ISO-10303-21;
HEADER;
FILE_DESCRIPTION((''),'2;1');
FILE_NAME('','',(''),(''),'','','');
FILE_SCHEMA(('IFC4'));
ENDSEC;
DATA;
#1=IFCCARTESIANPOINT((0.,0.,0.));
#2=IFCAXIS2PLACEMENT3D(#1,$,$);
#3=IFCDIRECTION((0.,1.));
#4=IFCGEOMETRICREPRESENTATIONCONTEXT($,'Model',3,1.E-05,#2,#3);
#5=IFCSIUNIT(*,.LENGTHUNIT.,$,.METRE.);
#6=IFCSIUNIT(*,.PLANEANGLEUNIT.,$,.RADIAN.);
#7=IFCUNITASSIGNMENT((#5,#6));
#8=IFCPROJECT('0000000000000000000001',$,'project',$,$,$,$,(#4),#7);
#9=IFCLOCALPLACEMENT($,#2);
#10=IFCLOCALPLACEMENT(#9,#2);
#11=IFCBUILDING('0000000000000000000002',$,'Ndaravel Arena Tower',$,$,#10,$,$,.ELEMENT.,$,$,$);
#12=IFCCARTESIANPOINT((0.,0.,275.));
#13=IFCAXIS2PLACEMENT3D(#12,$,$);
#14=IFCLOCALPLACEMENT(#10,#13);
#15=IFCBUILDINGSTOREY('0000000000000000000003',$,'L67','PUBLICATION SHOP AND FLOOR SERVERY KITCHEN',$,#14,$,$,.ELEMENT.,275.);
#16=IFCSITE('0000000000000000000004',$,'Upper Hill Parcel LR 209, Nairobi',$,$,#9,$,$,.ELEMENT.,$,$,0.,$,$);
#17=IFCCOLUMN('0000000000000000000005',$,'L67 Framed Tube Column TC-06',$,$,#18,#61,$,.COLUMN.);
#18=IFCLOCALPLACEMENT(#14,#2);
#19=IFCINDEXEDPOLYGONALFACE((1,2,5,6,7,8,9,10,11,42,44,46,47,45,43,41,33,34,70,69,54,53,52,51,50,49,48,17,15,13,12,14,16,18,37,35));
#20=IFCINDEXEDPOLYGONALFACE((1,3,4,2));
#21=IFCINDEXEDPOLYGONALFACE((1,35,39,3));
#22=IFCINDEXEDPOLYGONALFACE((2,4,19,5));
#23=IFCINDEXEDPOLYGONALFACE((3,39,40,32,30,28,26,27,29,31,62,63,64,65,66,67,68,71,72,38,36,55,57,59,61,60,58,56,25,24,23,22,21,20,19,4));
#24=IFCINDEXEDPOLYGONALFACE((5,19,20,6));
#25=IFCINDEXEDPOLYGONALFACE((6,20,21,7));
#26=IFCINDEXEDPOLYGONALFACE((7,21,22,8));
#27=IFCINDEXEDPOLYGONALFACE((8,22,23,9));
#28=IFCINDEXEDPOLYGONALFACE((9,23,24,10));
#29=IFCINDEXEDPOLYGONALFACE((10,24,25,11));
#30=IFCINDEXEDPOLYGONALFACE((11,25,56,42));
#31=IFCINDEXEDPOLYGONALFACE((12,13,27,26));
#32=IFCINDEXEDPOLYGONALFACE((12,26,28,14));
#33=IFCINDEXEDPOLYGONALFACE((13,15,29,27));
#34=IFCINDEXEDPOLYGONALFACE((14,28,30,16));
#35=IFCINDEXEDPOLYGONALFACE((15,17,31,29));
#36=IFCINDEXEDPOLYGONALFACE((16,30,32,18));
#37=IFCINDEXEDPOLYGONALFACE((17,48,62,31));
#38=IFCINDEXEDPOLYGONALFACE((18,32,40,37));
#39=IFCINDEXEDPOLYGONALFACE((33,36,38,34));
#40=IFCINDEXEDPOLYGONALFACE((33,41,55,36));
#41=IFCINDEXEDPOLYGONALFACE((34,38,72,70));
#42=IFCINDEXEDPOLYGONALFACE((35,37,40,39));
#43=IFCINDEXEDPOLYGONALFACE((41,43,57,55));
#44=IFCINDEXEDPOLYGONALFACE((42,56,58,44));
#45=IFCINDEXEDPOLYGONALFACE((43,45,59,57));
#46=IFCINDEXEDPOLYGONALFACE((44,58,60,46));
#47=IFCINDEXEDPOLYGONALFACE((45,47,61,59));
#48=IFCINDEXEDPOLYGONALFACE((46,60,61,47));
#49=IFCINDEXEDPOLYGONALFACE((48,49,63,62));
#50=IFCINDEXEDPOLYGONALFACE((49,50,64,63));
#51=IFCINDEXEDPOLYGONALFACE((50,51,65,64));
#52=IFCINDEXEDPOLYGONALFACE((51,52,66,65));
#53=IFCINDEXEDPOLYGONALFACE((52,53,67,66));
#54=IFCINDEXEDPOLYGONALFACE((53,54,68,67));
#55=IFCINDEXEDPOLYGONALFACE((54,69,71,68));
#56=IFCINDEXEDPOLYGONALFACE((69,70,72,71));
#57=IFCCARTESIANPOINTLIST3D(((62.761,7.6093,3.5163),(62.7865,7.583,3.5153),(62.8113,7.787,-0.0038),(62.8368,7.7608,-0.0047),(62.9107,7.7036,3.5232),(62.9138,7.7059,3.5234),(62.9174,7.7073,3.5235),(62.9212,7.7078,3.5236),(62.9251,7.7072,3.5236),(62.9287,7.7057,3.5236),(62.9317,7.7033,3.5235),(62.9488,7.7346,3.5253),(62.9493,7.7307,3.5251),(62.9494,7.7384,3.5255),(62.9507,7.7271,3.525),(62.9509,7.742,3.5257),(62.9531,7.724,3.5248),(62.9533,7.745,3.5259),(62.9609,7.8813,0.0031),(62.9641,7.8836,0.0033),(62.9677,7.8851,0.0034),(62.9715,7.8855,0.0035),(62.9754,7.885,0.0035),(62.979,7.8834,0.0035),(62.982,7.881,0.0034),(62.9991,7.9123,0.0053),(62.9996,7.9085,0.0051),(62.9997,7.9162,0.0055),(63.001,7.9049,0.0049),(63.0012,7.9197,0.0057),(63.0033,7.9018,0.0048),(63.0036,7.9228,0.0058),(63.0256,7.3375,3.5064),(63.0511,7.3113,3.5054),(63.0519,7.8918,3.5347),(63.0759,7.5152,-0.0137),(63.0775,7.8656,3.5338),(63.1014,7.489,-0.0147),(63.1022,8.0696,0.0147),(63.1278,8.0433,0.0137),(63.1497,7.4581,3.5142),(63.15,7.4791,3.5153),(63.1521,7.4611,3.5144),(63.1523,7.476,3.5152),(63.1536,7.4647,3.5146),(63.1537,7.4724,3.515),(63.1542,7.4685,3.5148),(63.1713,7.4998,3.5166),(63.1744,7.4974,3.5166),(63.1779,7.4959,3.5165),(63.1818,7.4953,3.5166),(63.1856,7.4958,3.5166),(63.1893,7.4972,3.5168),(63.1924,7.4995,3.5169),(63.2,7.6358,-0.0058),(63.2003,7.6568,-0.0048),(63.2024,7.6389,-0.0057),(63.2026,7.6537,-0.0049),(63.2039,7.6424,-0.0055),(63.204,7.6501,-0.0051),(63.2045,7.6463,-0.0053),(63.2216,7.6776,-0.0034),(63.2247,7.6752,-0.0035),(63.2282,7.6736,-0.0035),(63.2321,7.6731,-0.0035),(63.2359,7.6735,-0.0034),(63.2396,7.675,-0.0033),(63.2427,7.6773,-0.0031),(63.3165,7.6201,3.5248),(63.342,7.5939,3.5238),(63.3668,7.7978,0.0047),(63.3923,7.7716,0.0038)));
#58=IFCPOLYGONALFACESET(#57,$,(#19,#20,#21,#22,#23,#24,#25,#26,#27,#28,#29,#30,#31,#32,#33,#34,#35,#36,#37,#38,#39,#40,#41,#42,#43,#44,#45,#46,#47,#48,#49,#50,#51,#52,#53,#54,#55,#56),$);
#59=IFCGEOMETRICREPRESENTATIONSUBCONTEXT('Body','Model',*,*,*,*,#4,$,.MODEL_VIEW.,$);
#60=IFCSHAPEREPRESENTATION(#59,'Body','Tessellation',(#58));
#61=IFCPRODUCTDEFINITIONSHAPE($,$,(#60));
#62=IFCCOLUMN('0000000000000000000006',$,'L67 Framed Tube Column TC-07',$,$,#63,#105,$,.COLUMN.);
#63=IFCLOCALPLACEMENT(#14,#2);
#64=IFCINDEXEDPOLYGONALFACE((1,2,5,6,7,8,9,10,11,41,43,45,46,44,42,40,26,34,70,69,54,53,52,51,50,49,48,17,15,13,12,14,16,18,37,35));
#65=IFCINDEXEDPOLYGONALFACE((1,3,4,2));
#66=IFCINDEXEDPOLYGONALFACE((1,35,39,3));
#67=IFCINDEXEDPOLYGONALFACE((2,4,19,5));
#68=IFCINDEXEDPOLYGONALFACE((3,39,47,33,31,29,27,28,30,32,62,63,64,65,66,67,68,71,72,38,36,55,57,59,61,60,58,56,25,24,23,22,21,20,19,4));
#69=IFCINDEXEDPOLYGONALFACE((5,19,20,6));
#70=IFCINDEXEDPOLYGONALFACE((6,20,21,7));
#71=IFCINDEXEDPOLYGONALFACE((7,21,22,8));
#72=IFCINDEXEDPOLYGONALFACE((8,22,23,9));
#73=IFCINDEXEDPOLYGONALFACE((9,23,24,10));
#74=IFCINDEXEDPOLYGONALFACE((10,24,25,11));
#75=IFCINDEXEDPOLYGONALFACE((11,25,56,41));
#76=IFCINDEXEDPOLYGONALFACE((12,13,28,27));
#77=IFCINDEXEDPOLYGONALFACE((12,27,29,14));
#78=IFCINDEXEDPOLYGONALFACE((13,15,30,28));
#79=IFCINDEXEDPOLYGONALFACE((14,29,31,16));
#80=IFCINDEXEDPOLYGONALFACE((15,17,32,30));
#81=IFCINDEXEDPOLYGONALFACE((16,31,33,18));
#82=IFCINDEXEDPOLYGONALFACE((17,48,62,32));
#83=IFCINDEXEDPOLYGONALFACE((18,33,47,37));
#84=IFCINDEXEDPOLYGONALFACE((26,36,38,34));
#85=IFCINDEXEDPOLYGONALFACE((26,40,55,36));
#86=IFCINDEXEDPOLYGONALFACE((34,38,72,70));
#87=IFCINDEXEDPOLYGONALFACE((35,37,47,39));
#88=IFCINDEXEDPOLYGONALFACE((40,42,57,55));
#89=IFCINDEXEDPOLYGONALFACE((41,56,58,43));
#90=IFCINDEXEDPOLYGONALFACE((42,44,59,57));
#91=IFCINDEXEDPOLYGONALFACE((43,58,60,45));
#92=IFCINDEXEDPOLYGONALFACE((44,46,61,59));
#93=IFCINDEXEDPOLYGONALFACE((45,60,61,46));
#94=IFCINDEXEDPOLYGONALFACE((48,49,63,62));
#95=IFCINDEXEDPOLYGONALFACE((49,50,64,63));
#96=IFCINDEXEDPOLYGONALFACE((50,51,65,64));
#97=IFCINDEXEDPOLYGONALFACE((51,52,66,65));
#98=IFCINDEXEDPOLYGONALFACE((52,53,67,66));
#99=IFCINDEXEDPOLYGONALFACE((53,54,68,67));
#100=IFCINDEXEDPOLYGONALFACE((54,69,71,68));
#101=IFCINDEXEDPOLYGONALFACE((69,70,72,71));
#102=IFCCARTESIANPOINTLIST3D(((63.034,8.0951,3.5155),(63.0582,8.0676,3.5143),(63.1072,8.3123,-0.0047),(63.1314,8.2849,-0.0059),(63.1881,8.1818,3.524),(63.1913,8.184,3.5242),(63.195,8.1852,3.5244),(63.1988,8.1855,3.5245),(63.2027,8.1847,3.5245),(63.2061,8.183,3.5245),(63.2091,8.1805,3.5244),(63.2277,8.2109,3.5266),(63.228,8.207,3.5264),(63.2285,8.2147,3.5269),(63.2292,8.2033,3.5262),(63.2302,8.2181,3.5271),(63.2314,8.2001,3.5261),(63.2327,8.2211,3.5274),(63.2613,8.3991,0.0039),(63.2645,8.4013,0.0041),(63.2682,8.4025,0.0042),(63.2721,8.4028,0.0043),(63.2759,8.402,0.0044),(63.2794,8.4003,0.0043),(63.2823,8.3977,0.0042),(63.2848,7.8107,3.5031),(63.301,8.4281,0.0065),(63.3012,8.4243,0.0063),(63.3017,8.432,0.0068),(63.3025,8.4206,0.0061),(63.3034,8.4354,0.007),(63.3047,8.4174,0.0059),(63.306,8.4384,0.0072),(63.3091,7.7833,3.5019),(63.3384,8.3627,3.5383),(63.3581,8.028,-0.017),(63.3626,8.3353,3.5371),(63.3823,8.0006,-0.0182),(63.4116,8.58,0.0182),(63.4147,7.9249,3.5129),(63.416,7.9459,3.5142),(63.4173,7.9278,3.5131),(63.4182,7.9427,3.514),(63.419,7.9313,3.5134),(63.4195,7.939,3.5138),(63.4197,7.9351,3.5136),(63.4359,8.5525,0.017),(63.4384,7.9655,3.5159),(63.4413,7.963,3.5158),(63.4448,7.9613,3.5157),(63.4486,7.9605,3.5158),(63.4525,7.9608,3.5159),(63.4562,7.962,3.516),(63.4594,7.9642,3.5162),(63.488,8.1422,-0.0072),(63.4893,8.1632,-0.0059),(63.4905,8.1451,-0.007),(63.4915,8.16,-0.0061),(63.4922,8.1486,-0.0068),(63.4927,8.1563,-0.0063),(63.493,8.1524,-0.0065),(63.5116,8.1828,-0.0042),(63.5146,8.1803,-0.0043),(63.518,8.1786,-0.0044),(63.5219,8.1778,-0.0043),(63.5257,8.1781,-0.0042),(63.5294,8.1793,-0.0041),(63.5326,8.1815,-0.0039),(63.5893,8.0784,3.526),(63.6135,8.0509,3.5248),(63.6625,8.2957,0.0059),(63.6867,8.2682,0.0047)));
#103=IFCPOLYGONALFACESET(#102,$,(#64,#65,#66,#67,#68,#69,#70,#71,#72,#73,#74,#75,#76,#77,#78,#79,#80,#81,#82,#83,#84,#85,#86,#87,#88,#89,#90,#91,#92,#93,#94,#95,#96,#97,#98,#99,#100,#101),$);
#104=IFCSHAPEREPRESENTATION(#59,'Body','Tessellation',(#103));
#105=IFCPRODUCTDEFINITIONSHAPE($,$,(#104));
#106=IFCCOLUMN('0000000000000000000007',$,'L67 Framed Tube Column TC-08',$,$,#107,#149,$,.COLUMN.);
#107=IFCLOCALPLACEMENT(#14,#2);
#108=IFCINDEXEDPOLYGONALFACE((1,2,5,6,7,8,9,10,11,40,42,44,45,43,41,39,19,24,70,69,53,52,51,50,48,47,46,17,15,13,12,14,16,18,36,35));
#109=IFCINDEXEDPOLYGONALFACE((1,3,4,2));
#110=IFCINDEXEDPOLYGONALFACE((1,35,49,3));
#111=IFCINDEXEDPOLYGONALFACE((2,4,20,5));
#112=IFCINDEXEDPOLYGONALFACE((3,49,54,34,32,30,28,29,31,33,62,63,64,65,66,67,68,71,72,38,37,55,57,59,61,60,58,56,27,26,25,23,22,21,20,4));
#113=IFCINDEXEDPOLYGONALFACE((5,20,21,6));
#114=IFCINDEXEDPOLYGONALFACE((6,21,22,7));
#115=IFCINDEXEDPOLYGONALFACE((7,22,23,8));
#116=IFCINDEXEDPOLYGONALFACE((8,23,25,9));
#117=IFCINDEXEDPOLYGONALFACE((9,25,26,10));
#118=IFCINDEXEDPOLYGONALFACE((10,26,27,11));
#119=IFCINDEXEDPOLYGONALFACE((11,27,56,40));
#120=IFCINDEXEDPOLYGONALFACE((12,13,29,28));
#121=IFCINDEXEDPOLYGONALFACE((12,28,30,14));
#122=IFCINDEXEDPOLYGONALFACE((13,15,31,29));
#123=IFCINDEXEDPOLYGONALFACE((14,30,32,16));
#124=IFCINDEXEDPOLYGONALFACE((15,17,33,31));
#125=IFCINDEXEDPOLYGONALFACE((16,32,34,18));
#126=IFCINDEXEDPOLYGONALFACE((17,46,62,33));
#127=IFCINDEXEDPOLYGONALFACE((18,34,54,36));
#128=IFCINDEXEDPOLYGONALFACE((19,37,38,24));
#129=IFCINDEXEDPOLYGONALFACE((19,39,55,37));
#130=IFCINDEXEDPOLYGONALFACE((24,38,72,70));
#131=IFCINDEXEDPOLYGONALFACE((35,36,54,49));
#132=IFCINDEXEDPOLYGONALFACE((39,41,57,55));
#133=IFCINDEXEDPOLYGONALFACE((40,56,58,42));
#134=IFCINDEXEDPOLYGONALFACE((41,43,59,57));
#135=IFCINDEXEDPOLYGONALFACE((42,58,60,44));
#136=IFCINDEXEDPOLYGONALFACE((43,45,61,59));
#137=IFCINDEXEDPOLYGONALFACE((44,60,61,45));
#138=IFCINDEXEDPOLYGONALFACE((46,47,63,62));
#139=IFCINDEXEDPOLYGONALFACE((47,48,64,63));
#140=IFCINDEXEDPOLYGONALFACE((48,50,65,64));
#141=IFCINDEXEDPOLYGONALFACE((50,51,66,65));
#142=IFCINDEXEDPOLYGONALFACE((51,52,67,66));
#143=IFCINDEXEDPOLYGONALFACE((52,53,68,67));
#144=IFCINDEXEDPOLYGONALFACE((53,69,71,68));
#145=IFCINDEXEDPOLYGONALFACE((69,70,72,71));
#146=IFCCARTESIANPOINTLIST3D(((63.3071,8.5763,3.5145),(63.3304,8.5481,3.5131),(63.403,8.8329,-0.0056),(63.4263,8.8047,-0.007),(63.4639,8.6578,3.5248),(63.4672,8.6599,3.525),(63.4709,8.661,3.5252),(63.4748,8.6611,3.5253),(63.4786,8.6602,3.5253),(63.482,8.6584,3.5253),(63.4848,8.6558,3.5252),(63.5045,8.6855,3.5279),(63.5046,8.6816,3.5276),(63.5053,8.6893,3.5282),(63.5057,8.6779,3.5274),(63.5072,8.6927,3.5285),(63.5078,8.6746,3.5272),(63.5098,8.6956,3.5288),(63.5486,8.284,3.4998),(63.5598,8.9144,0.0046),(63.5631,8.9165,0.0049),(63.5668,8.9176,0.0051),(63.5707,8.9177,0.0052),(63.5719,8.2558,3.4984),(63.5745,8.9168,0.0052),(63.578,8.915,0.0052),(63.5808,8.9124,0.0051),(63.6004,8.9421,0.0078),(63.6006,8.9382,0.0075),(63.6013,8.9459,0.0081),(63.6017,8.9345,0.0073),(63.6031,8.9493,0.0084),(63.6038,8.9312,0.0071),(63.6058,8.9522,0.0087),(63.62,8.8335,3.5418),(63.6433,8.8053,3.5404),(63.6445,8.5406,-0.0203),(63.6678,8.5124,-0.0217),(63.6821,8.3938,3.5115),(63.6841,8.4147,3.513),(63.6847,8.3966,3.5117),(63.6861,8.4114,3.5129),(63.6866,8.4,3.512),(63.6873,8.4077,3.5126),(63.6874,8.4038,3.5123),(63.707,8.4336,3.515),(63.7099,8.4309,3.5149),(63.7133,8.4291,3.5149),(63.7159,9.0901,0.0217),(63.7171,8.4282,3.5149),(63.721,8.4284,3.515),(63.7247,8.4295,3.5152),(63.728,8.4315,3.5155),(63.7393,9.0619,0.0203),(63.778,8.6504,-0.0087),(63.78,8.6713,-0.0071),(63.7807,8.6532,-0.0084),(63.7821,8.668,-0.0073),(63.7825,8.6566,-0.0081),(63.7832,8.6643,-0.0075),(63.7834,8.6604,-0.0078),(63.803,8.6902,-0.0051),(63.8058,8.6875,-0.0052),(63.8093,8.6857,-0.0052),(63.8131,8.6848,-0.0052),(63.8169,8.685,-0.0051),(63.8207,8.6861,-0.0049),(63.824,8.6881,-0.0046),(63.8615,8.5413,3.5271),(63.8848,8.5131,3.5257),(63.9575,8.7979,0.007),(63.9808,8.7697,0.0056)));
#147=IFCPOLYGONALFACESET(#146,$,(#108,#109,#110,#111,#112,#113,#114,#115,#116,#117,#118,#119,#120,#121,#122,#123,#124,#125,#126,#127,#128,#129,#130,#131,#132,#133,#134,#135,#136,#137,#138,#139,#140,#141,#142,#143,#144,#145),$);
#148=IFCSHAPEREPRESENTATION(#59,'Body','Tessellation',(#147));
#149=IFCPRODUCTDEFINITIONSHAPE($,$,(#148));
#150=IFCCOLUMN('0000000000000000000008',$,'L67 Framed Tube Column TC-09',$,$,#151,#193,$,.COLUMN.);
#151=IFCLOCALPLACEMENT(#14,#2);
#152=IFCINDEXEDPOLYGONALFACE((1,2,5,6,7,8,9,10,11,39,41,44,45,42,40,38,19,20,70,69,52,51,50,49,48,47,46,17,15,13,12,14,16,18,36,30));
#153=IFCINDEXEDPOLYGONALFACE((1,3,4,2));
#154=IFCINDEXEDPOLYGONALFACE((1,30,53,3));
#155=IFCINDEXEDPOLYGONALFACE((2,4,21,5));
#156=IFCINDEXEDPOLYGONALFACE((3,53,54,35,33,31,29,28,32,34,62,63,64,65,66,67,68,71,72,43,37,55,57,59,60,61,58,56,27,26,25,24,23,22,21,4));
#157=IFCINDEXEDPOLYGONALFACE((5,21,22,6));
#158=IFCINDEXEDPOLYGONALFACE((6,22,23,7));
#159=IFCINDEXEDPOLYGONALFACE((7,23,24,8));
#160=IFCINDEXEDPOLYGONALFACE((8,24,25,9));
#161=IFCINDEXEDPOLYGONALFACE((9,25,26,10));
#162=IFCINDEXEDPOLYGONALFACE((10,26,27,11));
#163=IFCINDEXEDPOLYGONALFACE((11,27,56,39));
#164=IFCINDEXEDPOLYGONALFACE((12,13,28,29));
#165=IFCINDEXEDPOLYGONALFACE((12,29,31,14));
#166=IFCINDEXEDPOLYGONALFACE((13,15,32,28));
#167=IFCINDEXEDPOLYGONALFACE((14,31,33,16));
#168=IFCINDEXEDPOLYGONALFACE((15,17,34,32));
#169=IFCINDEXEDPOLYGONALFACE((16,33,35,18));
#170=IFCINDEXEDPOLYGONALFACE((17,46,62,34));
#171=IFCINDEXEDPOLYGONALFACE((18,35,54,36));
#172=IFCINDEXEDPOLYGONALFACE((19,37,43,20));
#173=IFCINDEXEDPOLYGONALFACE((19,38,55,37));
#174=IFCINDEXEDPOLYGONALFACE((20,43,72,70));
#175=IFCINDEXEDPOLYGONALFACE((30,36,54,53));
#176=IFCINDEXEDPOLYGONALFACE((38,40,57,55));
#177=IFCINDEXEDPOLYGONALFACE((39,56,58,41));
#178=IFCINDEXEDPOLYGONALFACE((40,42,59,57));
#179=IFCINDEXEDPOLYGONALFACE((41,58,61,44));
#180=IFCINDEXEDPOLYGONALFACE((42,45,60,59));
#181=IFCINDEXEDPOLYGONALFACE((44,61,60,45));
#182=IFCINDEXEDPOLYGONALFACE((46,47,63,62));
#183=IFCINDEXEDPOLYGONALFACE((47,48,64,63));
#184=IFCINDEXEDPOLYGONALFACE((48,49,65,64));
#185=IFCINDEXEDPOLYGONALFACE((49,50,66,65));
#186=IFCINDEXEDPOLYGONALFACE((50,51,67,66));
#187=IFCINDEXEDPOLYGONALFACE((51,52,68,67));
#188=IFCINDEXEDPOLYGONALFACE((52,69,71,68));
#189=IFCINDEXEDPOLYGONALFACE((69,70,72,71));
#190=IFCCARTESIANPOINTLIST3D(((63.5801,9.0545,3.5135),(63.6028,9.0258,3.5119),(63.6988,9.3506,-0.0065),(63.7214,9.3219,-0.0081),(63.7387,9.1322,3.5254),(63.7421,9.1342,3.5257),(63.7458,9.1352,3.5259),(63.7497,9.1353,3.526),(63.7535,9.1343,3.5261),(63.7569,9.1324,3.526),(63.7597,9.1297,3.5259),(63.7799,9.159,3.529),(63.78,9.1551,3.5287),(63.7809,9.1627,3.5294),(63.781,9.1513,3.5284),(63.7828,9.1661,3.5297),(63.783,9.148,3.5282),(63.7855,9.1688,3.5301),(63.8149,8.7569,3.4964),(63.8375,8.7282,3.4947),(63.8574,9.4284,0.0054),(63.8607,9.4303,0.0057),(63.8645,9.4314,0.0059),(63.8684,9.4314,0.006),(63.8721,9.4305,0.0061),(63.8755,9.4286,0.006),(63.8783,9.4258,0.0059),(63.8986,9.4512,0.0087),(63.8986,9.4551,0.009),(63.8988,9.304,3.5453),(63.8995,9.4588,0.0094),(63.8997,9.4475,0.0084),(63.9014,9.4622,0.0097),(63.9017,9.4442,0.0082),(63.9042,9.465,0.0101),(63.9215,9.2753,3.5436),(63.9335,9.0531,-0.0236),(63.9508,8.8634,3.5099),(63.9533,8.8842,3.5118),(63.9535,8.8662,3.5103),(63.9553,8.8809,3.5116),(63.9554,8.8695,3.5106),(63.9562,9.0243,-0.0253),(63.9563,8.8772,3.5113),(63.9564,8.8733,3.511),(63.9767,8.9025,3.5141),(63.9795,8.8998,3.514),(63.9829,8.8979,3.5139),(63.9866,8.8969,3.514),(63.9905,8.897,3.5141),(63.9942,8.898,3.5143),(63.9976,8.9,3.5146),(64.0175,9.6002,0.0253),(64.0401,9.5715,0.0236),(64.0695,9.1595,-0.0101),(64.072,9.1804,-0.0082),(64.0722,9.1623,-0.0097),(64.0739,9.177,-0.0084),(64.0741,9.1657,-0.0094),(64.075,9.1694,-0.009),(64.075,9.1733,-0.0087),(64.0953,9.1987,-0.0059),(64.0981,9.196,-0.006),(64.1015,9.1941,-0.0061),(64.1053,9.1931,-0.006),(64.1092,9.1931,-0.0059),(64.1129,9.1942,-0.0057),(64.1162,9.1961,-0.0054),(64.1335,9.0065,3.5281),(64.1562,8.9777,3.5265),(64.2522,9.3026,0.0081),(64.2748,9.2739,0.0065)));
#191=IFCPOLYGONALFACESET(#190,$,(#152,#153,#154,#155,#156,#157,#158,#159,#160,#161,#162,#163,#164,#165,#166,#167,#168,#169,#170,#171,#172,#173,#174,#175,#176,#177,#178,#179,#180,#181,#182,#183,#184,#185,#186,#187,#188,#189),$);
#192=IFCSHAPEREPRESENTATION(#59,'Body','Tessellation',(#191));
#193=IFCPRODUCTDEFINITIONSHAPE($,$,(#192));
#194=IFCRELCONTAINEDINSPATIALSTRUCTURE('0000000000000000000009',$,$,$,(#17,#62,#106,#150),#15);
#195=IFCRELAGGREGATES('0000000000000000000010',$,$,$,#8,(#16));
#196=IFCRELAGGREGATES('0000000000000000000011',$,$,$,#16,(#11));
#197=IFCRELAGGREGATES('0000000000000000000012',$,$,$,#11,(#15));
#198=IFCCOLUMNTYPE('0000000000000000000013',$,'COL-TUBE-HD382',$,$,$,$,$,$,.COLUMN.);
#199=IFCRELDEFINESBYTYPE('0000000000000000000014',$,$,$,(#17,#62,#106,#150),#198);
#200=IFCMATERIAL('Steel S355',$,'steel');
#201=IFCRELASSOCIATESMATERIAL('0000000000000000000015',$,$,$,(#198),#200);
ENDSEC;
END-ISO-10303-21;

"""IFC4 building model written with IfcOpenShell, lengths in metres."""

from ifc_helpers import new_model, si_unit, direction, frame, origin, origin_2d, place, context, subcontext, project, spatial, i_section, extrude, material, material_profile, profile_set, type_object, element, save


model = new_model("IFC4")

# Units and contexts
model_context = context("Model", 3, precision=1e-05, world=origin(), true_north=direction((0.0, 1.0)))
body_context = subcontext(model_context, "Body", "Model", "MODEL_VIEW")
ifc_project = project(units=[si_unit("LENGTHUNIT", "METRE"), si_unit("PLANEANGLEUNIT", "RADIAN")], contexts=[model_context])

# Site, building, storey
site_placement = place(None, origin())
site = spatial("IfcSite", under=ifc_project, at=site_placement, Name="Upper Hill Parcel LR 209, Nairobi", CompositionType="ELEMENT", RefElevation=0.0)
building_placement = place(site_placement, origin())
building = spatial("IfcBuilding", under=site, at=building_placement, Name="Ndaravel Arena Tower", CompositionType="ELEMENT")
storey_placement = place(building_placement, frame((0.0, 0.0, 275.0)))
storey = spatial("IfcBuildingStorey", under=building, at=storey_placement, Name="L67", Description="PUBLICATION SHOP AND FLOOR SERVERY KITCHEN", CompositionType="ELEMENT", Elevation=275.0)

# Columns
ifc_material_1 = material(Name="Steel S355", Category="steel")
ifc_material_profile_1 = material_profile(ifc_material_1, i_section(OverallWidth=0.406, OverallDepth=0.416, WebThickness=0.0298, FlangeThickness=0.0366, FilletRadius=0.0149, at=origin_2d()), Name="HD 400x382")
ifc_profile_set_1 = profile_set([ifc_material_profile_1], Name="Steel S355")
column_type = type_object("IfcColumnType", Name="COL-TUBE-HD382", PredefinedType="COLUMN", material=ifc_profile_set_1)
column_1_placement = place(storey_placement, frame((63.1018, 7.7793, 0.0), z_axis=(-0.014268, -0.050423, 0.998626), x_axis=(0.716584, 0.696023, 0.045382)))
element("IfcColumn", 1, at=column_1_placement, inside=storey, type_object=column_type, Name="L67 Framed Tube Column TC-06", PredefinedType="COLUMN", context=body_context, shape_type="SweptSolid", body=[
    extrude(i_section(OverallWidth=0.406, OverallDepth=0.416, WebThickness=0.0298, FlangeThickness=0.0366, FilletRadius=0.0149, at=origin_2d()), origin(), (0.0, 0.0, 1.0), 3.5249),
])
column_2_placement = place(storey_placement, frame((63.397, 8.2903, 0.0), z_axis=(-0.020763, -0.061598, 0.997885), x_axis=(0.749848, 0.659211, 0.056294)))
element("IfcColumn", 2, at=column_2_placement, inside=storey, type_object=column_type, Name="L67 Framed Tube Column TC-07", PredefinedType="COLUMN", context=body_context, shape_type="SweptSolid", body=[
    extrude(i_section(OverallWidth=0.406, OverallDepth=0.416, WebThickness=0.0298, FlangeThickness=0.0366, FilletRadius=0.0149, at=origin_2d()), origin(), (0.0, 0.0, 1.0), 3.5276),
])
column_3_placement = place(storey_placement, frame((63.6919, 8.8013, 0.0), z_axis=(-0.027175, -0.072675, 0.996985), x_axis=(0.770735, 0.633602, 0.067195)))
element("IfcColumn", 3, at=column_3_placement, inside=storey, type_object=column_type, Name="L67 Framed Tube Column TC-08", PredefinedType="COLUMN", context=body_context, shape_type="SweptSolid", body=[
    extrude(i_section(OverallWidth=0.406, OverallDepth=0.416, WebThickness=0.0298, FlangeThickness=0.0366, FilletRadius=0.0149, at=origin_2d()), origin(), (0.0, 0.0, 1.0), 3.5308),
])
column_4_placement = place(storey_placement, frame((63.9868, 9.3123, 0.0), z_axis=(-0.03357, -0.083788, 0.995918), x_axis=(0.784909, 0.614661, 0.07817)))
element("IfcColumn", 4, at=column_4_placement, inside=storey, type_object=column_type, Name="L67 Framed Tube Column TC-09", PredefinedType="COLUMN", context=body_context, shape_type="SweptSolid", body=[
    extrude(i_section(OverallWidth=0.406, OverallDepth=0.416, WebThickness=0.0298, FlangeThickness=0.0366, FilletRadius=0.0149, at=origin_2d()), origin(), (0.0, 0.0, 1.0), 3.5344),
])

save(model, "model.ifc")
